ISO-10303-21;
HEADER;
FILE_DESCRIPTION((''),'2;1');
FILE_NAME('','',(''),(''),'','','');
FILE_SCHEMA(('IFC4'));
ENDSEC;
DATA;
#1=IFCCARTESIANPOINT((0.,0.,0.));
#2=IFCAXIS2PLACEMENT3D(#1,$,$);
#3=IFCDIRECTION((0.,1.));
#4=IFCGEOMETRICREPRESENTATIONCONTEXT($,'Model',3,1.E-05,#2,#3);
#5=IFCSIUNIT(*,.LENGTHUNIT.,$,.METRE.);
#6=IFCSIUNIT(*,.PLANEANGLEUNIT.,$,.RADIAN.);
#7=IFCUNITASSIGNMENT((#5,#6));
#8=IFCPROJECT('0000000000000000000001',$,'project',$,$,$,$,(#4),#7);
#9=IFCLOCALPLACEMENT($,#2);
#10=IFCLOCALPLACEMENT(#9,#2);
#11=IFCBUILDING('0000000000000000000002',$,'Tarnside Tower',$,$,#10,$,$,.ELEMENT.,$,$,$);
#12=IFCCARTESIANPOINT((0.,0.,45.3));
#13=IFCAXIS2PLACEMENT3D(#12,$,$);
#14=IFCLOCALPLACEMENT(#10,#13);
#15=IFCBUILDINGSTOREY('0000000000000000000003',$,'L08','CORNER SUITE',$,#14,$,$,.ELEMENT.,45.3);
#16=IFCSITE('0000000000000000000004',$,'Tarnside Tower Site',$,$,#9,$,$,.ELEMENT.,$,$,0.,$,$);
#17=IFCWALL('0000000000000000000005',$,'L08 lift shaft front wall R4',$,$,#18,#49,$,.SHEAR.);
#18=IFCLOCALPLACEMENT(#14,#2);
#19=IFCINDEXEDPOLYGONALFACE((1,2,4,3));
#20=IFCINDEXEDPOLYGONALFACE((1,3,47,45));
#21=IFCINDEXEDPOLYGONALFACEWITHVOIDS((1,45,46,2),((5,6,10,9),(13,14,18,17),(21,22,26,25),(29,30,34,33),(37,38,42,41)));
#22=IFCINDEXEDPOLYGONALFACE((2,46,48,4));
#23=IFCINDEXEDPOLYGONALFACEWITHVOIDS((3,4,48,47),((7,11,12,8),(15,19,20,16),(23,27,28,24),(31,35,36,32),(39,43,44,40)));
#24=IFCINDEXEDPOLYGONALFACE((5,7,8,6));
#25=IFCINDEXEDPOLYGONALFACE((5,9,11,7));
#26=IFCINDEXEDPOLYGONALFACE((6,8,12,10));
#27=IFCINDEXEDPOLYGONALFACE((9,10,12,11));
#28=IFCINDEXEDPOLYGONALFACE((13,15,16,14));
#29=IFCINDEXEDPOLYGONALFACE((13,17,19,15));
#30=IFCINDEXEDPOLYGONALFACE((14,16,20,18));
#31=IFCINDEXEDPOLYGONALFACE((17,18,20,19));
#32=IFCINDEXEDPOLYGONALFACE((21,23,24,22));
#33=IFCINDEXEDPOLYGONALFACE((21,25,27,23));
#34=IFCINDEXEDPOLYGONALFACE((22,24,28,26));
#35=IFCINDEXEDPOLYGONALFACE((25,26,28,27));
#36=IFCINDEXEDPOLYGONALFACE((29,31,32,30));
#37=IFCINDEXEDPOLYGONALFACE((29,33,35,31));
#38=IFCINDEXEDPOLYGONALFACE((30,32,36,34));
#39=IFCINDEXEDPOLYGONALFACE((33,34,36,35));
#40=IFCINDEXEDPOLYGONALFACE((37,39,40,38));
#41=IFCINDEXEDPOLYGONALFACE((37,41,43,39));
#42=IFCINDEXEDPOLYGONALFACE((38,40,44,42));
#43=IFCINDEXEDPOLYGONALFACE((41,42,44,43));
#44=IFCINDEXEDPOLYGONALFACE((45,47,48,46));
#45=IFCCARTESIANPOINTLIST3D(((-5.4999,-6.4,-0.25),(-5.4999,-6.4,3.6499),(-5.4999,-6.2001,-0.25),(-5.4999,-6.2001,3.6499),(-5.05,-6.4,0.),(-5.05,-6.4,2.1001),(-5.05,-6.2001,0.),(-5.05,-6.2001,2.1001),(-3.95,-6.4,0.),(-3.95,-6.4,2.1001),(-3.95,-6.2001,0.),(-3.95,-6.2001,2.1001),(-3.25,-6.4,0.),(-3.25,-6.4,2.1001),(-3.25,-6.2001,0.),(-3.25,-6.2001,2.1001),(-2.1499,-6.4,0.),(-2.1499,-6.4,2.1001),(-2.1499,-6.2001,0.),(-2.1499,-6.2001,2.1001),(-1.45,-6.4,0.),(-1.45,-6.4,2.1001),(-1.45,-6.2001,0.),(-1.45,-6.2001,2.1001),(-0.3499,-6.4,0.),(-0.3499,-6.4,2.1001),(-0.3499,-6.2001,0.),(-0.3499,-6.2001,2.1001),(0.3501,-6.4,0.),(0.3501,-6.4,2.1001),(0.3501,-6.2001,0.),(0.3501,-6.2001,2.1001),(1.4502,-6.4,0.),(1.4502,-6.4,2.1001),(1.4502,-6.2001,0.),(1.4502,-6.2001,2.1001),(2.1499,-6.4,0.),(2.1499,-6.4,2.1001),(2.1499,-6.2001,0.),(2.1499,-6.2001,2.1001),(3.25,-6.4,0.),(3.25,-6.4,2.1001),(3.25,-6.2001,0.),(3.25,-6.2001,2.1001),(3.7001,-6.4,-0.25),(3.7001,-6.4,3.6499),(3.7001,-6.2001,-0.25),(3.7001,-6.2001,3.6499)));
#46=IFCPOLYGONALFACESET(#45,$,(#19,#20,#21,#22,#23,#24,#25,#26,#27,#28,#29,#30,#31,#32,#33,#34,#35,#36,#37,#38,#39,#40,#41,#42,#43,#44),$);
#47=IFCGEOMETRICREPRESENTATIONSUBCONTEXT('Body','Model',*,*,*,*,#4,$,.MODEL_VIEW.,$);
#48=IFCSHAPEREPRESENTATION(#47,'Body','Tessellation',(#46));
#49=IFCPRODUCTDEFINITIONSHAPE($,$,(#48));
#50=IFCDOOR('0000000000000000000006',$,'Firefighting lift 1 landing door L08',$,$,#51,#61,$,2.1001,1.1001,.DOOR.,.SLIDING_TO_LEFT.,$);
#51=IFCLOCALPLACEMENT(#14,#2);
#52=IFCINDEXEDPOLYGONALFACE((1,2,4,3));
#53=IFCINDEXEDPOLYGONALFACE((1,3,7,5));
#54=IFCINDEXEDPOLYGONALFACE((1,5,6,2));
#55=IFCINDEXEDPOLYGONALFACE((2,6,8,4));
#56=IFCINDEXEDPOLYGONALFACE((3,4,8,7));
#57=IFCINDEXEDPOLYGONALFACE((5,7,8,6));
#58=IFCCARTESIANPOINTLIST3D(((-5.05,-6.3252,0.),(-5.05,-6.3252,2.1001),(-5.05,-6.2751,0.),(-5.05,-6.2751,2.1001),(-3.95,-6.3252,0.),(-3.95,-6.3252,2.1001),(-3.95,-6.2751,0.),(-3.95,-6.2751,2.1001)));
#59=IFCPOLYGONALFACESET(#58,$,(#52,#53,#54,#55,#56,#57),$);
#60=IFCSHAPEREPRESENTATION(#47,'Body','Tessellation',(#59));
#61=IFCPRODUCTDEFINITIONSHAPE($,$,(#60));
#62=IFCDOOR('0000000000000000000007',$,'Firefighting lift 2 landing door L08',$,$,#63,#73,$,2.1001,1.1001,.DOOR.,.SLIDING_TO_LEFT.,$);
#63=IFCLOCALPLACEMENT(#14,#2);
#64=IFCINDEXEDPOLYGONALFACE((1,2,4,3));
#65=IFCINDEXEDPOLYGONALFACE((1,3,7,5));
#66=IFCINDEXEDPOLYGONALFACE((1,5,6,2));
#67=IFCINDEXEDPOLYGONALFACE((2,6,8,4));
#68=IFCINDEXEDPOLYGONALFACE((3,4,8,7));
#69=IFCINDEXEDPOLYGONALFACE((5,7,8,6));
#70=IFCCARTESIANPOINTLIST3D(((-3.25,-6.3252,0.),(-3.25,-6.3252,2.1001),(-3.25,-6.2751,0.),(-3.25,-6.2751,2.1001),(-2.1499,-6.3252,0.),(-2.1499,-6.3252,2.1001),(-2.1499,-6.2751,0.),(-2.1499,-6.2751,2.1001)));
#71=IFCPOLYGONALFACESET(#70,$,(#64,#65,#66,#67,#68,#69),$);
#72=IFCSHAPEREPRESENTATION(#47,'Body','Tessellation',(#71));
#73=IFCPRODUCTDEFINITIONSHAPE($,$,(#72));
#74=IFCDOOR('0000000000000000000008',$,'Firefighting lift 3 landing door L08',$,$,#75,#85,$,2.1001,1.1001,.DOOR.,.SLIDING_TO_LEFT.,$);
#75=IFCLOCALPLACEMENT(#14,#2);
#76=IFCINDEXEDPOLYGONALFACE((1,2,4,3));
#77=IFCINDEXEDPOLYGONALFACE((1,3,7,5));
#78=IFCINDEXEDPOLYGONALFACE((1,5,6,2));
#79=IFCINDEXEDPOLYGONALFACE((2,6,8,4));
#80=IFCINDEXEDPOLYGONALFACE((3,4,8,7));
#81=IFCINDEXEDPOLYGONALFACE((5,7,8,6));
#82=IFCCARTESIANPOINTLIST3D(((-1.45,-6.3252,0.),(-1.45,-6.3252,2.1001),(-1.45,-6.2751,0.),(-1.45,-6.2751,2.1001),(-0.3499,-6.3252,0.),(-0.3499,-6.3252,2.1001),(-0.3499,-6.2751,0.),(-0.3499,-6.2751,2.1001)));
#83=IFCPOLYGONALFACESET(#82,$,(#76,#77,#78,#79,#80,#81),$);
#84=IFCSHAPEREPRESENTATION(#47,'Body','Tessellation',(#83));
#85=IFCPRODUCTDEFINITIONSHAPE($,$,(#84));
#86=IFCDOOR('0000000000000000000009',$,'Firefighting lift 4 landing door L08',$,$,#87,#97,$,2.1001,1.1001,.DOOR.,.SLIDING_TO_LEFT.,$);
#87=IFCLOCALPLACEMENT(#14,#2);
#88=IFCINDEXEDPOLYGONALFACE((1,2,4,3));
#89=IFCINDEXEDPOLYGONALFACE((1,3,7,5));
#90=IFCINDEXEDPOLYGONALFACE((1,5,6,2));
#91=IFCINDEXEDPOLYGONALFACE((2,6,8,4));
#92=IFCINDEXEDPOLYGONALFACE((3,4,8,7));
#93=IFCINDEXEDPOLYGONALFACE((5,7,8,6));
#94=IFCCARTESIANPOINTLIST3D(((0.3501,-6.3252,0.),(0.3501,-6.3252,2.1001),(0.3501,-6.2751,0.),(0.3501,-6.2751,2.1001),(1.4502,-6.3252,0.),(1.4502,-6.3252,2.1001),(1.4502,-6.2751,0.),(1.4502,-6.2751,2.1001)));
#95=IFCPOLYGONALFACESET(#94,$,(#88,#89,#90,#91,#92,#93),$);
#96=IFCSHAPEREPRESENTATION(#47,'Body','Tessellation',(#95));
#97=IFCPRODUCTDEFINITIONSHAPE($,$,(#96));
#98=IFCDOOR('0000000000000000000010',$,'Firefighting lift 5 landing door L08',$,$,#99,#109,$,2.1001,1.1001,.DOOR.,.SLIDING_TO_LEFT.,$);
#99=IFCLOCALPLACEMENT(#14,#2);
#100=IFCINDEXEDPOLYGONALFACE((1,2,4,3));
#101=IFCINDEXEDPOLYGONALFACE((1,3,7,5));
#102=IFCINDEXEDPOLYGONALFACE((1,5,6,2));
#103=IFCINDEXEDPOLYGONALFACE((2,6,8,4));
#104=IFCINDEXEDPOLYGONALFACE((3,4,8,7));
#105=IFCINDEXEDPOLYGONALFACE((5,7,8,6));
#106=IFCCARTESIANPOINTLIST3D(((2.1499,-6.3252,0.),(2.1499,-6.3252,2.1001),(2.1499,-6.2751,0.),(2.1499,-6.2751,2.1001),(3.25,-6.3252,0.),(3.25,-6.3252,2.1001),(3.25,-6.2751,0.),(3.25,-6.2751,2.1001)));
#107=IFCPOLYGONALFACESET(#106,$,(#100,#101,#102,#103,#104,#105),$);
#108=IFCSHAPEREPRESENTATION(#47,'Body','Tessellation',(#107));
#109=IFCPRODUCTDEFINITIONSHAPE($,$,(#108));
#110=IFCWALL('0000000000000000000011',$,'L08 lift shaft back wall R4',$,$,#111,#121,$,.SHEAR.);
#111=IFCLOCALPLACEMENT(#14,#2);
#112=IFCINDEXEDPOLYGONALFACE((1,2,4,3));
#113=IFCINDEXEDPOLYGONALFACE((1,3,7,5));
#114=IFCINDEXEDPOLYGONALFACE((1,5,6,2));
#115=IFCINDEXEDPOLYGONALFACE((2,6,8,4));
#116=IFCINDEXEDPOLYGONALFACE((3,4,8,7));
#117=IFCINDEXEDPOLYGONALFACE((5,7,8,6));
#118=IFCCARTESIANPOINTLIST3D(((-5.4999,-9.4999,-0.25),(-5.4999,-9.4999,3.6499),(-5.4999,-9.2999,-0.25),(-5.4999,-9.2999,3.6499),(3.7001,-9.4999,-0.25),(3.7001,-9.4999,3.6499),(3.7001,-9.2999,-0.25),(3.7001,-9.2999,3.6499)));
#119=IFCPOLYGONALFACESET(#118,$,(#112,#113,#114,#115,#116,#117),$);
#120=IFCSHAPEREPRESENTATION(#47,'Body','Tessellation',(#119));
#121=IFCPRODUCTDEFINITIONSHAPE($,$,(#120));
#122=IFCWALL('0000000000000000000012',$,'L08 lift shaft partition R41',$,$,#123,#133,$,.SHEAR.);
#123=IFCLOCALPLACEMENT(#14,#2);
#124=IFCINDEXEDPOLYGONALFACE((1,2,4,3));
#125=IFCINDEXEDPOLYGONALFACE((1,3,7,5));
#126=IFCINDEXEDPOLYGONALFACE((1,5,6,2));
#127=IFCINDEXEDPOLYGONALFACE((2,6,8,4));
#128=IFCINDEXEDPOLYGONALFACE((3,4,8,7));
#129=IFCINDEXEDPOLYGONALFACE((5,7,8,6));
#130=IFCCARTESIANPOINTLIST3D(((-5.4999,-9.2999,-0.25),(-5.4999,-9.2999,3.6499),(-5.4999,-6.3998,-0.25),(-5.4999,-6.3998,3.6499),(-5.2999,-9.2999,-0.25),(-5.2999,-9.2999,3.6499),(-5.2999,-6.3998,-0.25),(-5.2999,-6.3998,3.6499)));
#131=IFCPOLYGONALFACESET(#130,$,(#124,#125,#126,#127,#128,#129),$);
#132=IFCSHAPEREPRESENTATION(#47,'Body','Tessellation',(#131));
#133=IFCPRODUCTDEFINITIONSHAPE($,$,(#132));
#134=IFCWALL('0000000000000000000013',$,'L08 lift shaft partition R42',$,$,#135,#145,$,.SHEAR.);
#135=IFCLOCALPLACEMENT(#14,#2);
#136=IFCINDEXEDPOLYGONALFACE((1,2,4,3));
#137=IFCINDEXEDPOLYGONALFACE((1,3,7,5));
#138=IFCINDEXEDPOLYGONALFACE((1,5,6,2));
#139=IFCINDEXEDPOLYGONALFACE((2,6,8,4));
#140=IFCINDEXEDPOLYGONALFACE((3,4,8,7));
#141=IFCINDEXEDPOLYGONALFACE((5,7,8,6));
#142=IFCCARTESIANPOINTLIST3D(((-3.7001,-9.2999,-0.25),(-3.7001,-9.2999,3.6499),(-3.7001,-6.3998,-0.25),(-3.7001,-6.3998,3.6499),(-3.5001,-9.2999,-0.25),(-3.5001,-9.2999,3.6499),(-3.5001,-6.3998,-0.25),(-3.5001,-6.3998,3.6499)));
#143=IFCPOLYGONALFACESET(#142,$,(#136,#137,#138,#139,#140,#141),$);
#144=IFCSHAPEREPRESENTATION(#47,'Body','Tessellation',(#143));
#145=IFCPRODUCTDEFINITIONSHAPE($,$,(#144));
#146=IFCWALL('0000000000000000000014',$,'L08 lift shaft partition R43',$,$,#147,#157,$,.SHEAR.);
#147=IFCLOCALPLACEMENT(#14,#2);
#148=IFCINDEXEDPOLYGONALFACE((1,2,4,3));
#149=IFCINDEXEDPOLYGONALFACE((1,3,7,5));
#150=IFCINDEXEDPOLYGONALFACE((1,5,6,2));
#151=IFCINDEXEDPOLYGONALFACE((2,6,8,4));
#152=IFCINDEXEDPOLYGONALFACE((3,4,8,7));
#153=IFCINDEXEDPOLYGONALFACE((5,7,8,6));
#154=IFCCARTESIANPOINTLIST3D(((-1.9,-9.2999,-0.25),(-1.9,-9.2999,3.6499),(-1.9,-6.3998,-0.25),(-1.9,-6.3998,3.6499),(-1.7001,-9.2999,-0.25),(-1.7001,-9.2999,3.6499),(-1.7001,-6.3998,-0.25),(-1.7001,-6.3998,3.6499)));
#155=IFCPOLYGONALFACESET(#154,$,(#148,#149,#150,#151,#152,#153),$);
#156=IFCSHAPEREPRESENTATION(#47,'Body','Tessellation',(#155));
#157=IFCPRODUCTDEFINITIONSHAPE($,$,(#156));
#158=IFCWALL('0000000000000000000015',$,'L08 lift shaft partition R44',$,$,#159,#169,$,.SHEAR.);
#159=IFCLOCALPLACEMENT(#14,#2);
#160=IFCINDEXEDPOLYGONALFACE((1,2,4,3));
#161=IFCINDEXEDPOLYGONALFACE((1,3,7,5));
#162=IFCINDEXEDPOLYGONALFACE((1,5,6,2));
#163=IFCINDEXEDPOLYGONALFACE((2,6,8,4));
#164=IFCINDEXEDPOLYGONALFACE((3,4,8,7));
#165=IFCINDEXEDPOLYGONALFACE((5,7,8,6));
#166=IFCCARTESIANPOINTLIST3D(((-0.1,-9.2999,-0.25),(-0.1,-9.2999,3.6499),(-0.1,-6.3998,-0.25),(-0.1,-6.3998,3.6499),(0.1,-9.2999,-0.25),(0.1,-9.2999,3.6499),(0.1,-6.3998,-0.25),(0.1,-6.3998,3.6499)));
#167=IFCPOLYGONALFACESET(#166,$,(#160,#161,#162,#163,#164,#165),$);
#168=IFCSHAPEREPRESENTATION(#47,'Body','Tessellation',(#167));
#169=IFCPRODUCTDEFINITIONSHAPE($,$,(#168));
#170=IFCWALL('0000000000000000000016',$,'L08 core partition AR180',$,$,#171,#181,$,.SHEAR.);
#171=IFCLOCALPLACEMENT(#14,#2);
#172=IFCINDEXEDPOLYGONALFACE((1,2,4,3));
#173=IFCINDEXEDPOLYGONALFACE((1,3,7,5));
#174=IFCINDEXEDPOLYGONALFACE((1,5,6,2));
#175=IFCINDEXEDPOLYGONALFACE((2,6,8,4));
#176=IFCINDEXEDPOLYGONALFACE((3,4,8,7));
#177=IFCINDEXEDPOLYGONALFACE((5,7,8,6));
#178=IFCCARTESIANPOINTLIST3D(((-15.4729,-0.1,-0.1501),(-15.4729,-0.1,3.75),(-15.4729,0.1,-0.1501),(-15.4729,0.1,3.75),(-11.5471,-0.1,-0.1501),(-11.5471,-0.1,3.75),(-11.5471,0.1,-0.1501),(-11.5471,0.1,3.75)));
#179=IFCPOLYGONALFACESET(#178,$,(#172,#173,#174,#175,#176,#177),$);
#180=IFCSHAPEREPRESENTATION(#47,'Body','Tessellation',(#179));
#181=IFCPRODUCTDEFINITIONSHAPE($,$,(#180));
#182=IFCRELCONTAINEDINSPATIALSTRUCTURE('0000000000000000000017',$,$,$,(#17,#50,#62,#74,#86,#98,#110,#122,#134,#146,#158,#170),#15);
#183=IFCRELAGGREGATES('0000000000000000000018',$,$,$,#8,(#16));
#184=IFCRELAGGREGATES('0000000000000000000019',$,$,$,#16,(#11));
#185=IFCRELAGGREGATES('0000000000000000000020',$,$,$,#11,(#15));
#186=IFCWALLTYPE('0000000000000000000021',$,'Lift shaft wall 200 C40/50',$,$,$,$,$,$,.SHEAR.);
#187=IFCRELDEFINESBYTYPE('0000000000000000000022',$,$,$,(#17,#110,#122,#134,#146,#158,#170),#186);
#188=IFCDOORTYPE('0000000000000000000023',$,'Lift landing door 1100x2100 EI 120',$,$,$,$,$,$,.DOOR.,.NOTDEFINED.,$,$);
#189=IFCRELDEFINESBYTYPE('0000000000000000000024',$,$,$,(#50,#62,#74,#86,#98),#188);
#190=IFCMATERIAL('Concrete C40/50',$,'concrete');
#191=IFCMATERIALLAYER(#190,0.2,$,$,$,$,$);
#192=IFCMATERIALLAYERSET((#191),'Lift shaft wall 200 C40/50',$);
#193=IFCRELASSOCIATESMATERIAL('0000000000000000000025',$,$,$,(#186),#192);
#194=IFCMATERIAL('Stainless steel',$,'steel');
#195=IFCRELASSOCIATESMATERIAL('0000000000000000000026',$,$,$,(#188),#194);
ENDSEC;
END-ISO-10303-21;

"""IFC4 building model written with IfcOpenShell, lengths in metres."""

from ifc_helpers import new_model, si_unit, direction, frame, frame_2d, origin, place, context, subcontext, project, spatial, rectangle, extrude, material, layer, layer_set, type_object, element, fill, save


model = new_model("IFC4")

# Units and contexts
model_context = context("Model", 3, precision=1e-05, world=origin(), true_north=direction((0.0, 1.0)))
body_context = subcontext(model_context, "Body", "Model", "MODEL_VIEW")
ifc_project = project(units=[si_unit("LENGTHUNIT", "METRE"), si_unit("PLANEANGLEUNIT", "RADIAN")], contexts=[model_context])

# Site, building, storey
site_placement = place(None, origin())
site = spatial("IfcSite", under=ifc_project, at=site_placement, Name="Tarnside Tower Site", CompositionType="ELEMENT", RefElevation=0.0)
building_placement = place(site_placement, origin())
building = spatial("IfcBuilding", under=site, at=building_placement, Name="Tarnside Tower", CompositionType="ELEMENT")
storey_placement = place(building_placement, frame((0.0, 0.0, 45.3)))
storey = spatial("IfcBuildingStorey", under=building, at=storey_placement, Name="L08", Description="CORNER SUITE", CompositionType="ELEMENT", Elevation=45.3)

# Shared definitions
ifc_material_1 = material(Name="Concrete C40/50", Category="concrete")

# Wall, openings, doors
ifc_layer_1 = layer(ifc_material_1, 0.2)
ifc_layer_set_1 = layer_set([ifc_layer_1], Name="Lift shaft wall 200 C40/50")
wall_type_1 = type_object("IfcWallType", Name="Lift shaft wall 200 C40/50", PredefinedType="SHEAR", material=ifc_layer_set_1)
wall_1_placement = place(storey_placement, frame((-5.5, -6.3, -0.25), z_axis=(0.0, 0.0, 1.0), x_axis=(1.0, 0.0, 0.0)))
wall_1 = element("IfcWall", 1, at=wall_1_placement, inside=storey, type_object=wall_type_1, Name="L08 lift shaft front wall R4", PredefinedType="SHEAR", context=body_context, shape_type="SweptSolid", body=[
    extrude(rectangle(XDim=9.2, YDim=0.2, at=frame_2d((4.6001, 0.0))), origin(), (0.0, 0.0, 1.0), 3.8999),
])
opening_1_placement = place(wall_1_placement, frame((0.45, 0.0, 0.25)))
opening_1 = element("IfcOpeningElement", 2, at=opening_1_placement, cuts=wall_1, PredefinedType="OPENING", context=body_context, shape_type="SweptSolid", body=[
    extrude(rectangle(XDim=1.1001, YDim=2.1001, at=frame_2d((0.55, 1.05))), frame((0.0, 0.1099, 0.0), z_axis=(0.0, -1.0, 0.0), x_axis=(1.0, 0.0, 0.0)), (0.0, 0.0, 1.0), 0.22),
])
opening_2_placement = place(wall_1_placement, frame((2.25, 0.0, 0.25)))
opening_2 = element("IfcOpeningElement", 3, at=opening_2_placement, cuts=wall_1, PredefinedType="OPENING", context=body_context, shape_type="SweptSolid", body=[
    extrude(rectangle(XDim=1.1001, YDim=2.1001, at=frame_2d((0.55, 1.05))), frame((0.0, 0.1099, 0.0), z_axis=(0.0, -1.0, 0.0), x_axis=(1.0, 0.0, 0.0)), (0.0, 0.0, 1.0), 0.22),
])
opening_3_placement = place(wall_1_placement, frame((4.05, 0.0, 0.25)))
opening_3 = element("IfcOpeningElement", 4, at=opening_3_placement, cuts=wall_1, PredefinedType="OPENING", context=body_context, shape_type="SweptSolid", body=[
    extrude(rectangle(XDim=1.1001, YDim=2.1001, at=frame_2d((0.55, 1.05))), frame((0.0, 0.1099, 0.0), z_axis=(0.0, -1.0, 0.0), x_axis=(1.0, 0.0, 0.0)), (0.0, 0.0, 1.0), 0.22),
])
opening_4_placement = place(wall_1_placement, frame((5.8501, 0.0, 0.25)))
opening_4 = element("IfcOpeningElement", 5, at=opening_4_placement, cuts=wall_1, PredefinedType="OPENING", context=body_context, shape_type="SweptSolid", body=[
    extrude(rectangle(XDim=1.1001, YDim=2.1001, at=frame_2d((0.55, 1.05))), frame((0.0, 0.1099, 0.0), z_axis=(0.0, -1.0, 0.0), x_axis=(1.0, 0.0, 0.0)), (0.0, 0.0, 1.0), 0.22),
])
opening_5_placement = place(wall_1_placement, frame((7.6499, 0.0, 0.25)))
opening_5 = element("IfcOpeningElement", 6, at=opening_5_placement, cuts=wall_1, PredefinedType="OPENING", context=body_context, shape_type="SweptSolid", body=[
    extrude(rectangle(XDim=1.1001, YDim=2.1001, at=frame_2d((0.55, 1.05))), frame((0.0, 0.1099, 0.0), z_axis=(0.0, -1.0, 0.0), x_axis=(1.0, 0.0, 0.0)), (0.0, 0.0, 1.0), 0.22),
])
ifc_material_2 = material(Name="Stainless steel", Category="steel")
door_type_1 = type_object("IfcDoorType", Name="Lift landing door 1100x2100 EI 120", OperationType="NOTDEFINED", PredefinedType="DOOR", material=ifc_material_2)
door_1_placement = place(opening_1_placement, origin())
door_1 = element("IfcDoor", 7, at=door_1_placement, inside=storey, type_object=door_type_1, Name="Firefighting lift 1 landing door L08", OperationType="SLIDING_TO_LEFT", OverallHeight=2.1001, OverallWidth=1.1001, PredefinedType="DOOR", context=body_context, shape_type="SweptSolid", body=[
    extrude(rectangle(XDim=1.1001, YDim=2.1001, at=frame_2d((0.55, 1.05))), frame((0.0, 0.0249, 0.0), z_axis=(0.0, -1.0, 0.0), x_axis=(1.0, 0.0, 0.0)), (0.0, 0.0, 1.0), 0.05),
])
fill(opening_1, door_1)
door_2_placement = place(opening_2_placement, origin())
door_2 = element("IfcDoor", 8, at=door_2_placement, inside=storey, type_object=door_type_1, Name="Firefighting lift 2 landing door L08", OperationType="SLIDING_TO_LEFT", OverallHeight=2.1001, OverallWidth=1.1001, PredefinedType="DOOR", context=body_context, shape_type="SweptSolid", body=[
    extrude(rectangle(XDim=1.1001, YDim=2.1001, at=frame_2d((0.55, 1.05))), frame((0.0, 0.0249, 0.0), z_axis=(0.0, -1.0, 0.0), x_axis=(1.0, 0.0, 0.0)), (0.0, 0.0, 1.0), 0.05),
])
fill(opening_2, door_2)
door_3_placement = place(opening_3_placement, origin())
door_3 = element("IfcDoor", 9, at=door_3_placement, inside=storey, type_object=door_type_1, Name="Firefighting lift 3 landing door L08", OperationType="SLIDING_TO_LEFT", OverallHeight=2.1001, OverallWidth=1.1001, PredefinedType="DOOR", context=body_context, shape_type="SweptSolid", body=[
    extrude(rectangle(XDim=1.1001, YDim=2.1001, at=frame_2d((0.55, 1.05))), frame((0.0, 0.0249, 0.0), z_axis=(0.0, -1.0, 0.0), x_axis=(1.0, 0.0, 0.0)), (0.0, 0.0, 1.0), 0.05),
])
fill(opening_3, door_3)
door_4_placement = place(opening_4_placement, origin())
door_4 = element("IfcDoor", 10, at=door_4_placement, inside=storey, type_object=door_type_1, Name="Firefighting lift 4 landing door L08", OperationType="SLIDING_TO_LEFT", OverallHeight=2.1001, OverallWidth=1.1001, PredefinedType="DOOR", context=body_context, shape_type="SweptSolid", body=[
    extrude(rectangle(XDim=1.1001, YDim=2.1001, at=frame_2d((0.55, 1.05))), frame((0.0, 0.0249, 0.0), z_axis=(0.0, -1.0, 0.0), x_axis=(1.0, 0.0, 0.0)), (0.0, 0.0, 1.0), 0.05),
])
fill(opening_4, door_4)
door_5_placement = place(opening_5_placement, origin())
door_5 = element("IfcDoor", 11, at=door_5_placement, inside=storey, type_object=door_type_1, Name="Firefighting lift 5 landing door L08", OperationType="SLIDING_TO_LEFT", OverallHeight=2.1001, OverallWidth=1.1001, PredefinedType="DOOR", context=body_context, shape_type="SweptSolid", body=[
    extrude(rectangle(XDim=1.1001, YDim=2.1001, at=frame_2d((0.55, 1.05))), frame((0.0, 0.0249, 0.0), z_axis=(0.0, -1.0, 0.0), x_axis=(1.0, 0.0, 0.0)), (0.0, 0.0, 1.0), 0.05),
])
fill(opening_5, door_5)

# Walls
wall_2_placement = place(storey_placement, frame((-5.5, -9.3999, -0.25), z_axis=(0.0, 0.0, 1.0), x_axis=(1.0, 0.0, 0.0)))
element("IfcWall", 12, at=wall_2_placement, inside=storey, type_object=wall_type_1, Name="L08 lift shaft back wall R4", PredefinedType="SHEAR", context=body_context, shape_type="SweptSolid", body=[
    extrude(rectangle(XDim=9.2, YDim=0.2, at=frame_2d((4.6001, 0.0))), origin(), (0.0, 0.0, 1.0), 3.8999),
])
for number, where, z_axis, x_axis, name in (
    (13, (-5.3999, -9.3, -0.25), (0.0, 0.0, 1.0), (0.0, 1.0, 0.0), "L08 lift shaft partition R41"),
    (14, (-3.6001, -9.3, -0.25), (0.0, 0.0, 1.0), (0.0, 1.0, 0.0), "L08 lift shaft partition R42"),
    (15, (-1.8, -9.3, -0.25), (0.0, 0.0, 1.0), (0.0, 1.0, 0.0), "L08 lift shaft partition R43"),
    (16, (0.0, -9.3, -0.25), (0.0, 0.0, 1.0), (0.0, 1.0, 0.0), "L08 lift shaft partition R44"),
):
    element("IfcWall", number, at=place(storey_placement, frame(where, z_axis=z_axis, x_axis=x_axis)), inside=storey, type_object=wall_type_1, Name=name, PredefinedType="SHEAR", context=body_context, shape_type="SweptSolid", body=[
        extrude(rectangle(XDim=2.9001, YDim=0.2, at=frame_2d((1.4502, 0.0))), origin(), (0.0, 0.0, 1.0), 3.8999),
    ])
wall_3_placement = place(storey_placement, frame((-11.5471, 0.0, -0.1501), z_axis=(0.0, 0.0, 1.0), x_axis=(-1.0, 0.0, 0.0)))
element("IfcWall", 17, at=wall_3_placement, inside=storey, type_object=wall_type_1, Name="L08 core partition AR180", PredefinedType="SHEAR", context=body_context, shape_type="SweptSolid", body=[
    extrude(rectangle(XDim=3.9258, YDim=0.2, at=frame_2d((1.9629, 0.0))), origin(), (0.0, 0.0, 1.0), 3.9001),
])

save(model, "model.ifc")
